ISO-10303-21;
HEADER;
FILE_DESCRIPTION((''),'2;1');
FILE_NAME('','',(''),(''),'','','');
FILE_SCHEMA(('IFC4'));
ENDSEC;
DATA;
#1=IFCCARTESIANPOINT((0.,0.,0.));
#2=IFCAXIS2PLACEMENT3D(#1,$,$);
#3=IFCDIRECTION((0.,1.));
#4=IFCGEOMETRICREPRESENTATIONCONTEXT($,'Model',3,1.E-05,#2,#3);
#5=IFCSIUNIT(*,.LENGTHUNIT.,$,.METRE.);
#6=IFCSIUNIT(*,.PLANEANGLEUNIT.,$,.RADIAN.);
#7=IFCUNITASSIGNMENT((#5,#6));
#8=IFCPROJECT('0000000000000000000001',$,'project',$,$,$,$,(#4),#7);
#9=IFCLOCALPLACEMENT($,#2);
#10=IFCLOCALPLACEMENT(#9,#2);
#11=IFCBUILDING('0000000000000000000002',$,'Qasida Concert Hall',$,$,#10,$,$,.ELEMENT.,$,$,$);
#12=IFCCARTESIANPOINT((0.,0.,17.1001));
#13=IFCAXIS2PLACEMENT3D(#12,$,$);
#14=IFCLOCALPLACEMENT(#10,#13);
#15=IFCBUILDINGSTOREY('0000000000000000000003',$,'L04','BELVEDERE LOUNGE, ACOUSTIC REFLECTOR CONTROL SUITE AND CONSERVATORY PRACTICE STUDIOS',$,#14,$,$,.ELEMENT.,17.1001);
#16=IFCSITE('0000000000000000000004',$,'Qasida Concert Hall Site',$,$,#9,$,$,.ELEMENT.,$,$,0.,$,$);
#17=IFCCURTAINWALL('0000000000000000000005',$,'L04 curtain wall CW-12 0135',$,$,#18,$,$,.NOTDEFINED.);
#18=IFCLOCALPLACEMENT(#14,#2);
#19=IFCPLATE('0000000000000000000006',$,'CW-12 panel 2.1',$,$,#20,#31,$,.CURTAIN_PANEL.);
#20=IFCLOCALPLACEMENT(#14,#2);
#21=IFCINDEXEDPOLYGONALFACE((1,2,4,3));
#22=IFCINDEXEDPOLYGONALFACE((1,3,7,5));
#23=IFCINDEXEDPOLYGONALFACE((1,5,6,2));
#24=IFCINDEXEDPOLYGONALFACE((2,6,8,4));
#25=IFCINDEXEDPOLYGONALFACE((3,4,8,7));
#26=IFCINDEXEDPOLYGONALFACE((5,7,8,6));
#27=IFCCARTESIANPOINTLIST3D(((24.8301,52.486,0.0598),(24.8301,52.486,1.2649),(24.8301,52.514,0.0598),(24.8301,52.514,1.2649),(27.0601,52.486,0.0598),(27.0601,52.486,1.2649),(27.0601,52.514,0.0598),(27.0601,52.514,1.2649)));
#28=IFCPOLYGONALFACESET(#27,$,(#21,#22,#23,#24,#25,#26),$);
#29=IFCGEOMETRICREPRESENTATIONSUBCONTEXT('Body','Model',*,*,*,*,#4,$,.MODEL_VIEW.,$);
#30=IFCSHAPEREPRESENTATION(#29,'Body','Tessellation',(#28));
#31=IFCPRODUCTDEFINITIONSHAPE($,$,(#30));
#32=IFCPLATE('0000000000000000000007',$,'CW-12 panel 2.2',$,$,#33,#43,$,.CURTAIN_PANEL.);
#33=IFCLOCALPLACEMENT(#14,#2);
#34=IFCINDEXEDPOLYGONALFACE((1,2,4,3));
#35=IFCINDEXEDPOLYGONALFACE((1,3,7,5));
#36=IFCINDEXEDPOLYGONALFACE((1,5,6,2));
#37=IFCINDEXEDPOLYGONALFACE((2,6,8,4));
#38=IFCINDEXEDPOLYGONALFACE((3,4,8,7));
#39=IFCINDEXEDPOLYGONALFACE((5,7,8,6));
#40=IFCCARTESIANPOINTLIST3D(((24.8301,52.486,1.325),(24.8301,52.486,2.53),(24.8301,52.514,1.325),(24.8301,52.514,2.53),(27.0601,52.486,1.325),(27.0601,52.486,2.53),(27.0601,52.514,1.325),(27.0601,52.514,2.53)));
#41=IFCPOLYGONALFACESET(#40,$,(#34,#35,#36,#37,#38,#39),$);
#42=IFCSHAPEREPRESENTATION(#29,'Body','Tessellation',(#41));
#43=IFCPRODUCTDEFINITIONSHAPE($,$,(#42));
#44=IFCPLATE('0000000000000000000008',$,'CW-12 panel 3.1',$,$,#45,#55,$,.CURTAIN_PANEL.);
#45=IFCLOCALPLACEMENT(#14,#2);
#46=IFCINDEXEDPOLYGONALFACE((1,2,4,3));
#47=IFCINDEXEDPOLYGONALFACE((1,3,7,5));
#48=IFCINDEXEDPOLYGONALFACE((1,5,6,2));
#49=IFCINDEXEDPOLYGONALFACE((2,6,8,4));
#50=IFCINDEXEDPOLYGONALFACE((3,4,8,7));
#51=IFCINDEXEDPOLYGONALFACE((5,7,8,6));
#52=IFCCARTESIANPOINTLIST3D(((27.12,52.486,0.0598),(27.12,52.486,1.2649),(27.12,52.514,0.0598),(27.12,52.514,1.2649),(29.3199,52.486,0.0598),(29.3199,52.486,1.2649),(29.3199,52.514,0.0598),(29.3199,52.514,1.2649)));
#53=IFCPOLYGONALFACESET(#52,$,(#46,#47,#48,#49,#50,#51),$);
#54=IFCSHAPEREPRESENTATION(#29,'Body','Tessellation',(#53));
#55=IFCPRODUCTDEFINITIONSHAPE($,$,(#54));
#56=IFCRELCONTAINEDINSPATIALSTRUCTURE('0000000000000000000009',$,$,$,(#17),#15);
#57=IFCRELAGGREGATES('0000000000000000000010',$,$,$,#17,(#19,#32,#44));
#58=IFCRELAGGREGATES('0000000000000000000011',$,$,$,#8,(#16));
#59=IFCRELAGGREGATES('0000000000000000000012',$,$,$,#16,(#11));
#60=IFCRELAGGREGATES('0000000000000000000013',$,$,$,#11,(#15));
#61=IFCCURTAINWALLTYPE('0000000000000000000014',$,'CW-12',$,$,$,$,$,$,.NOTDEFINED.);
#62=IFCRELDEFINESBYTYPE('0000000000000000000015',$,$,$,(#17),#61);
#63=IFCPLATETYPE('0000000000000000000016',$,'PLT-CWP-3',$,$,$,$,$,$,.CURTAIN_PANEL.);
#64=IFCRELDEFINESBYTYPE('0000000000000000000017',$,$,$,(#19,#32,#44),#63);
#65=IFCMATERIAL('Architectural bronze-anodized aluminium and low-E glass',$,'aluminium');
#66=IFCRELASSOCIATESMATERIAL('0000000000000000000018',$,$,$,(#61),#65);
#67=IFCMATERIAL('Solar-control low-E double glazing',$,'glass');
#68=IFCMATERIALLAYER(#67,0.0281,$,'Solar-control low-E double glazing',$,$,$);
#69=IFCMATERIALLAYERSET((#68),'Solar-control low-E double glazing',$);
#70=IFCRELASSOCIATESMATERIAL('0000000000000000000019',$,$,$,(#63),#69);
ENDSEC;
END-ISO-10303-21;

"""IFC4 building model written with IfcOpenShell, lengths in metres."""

from ifc_helpers import new_model, si_unit, direction, frame, origin, origin_2d, place, context, subcontext, project, spatial, rectangle, extrude, material, layer, layer_set, type_object, element, aggregate, save


model = new_model("IFC4")

# Units and contexts
model_context = context("Model", 3, precision=1e-05, world=origin(), true_north=direction((0.0, 1.0)))
body_context = subcontext(model_context, "Body", "Model", "MODEL_VIEW")
ifc_project = project(units=[si_unit("LENGTHUNIT", "METRE"), si_unit("PLANEANGLEUNIT", "RADIAN")], contexts=[model_context])

# Site, building, storey
site_placement = place(None, origin())
site = spatial("IfcSite", under=ifc_project, at=site_placement, Name="Qasida Concert Hall Site", CompositionType="ELEMENT", RefElevation=0.0)
building_placement = place(site_placement, origin())
building = spatial("IfcBuilding", under=site, at=building_placement, Name="Qasida Concert Hall", CompositionType="ELEMENT")
storey_placement = place(building_placement, frame((0.0, 0.0, 17.1001)))
storey = spatial("IfcBuildingStorey", under=building, at=storey_placement, Name="L04", Description="BELVEDERE LOUNGE, ACOUSTIC REFLECTOR CONTROL SUITE AND CONSERVATORY PRACTICE STUDIOS", CompositionType="ELEMENT", Elevation=17.1001)

# Shared definitions
ifc_material_1 = material(Name="Architectural bronze-anodized aluminium and low-E glass", Category="aluminium")
curtain_wall_type = type_object("IfcCurtainWallType", Name="CW-12", PredefinedType="NOTDEFINED", material=ifc_material_1)

# Curtain wall
curtain_wall_1_placement = place(storey_placement, origin())
curtain_wall_1 = element("IfcCurtainWall", 1, at=curtain_wall_1_placement, inside=storey, type_object=curtain_wall_type, Name="L04 curtain wall CW-12 0135", PredefinedType="NOTDEFINED")

# Plates
ifc_material_2 = material(Name="Solar-control low-E double glazing", Category="glass")
ifc_layer = layer(ifc_material_2, 0.0281, Name="Solar-control low-E double glazing")
ifc_layer_set = layer_set([ifc_layer], Name="Solar-control low-E double glazing")
plate_type = type_object("IfcPlateType", Name="PLT-CWP-3", PredefinedType="CURTAIN_PANEL", material=ifc_layer_set)
plate_1_placement = place(storey_placement, frame((25.9451, 52.5, 0.0598), z_axis=(0.0, 0.0, 1.0), x_axis=(1.0, 0.0, 0.0)))
plate_1 = element("IfcPlate", 2, at=plate_1_placement, type_object=plate_type, Name="CW-12 panel 2.1", PredefinedType="CURTAIN_PANEL", context=body_context, shape_type="SweptSolid", body=[
    extrude(rectangle(XDim=2.23, YDim=0.0281, at=origin_2d()), origin(), (0.0, 0.0, 1.0), 1.2051),
])
plate_2_placement = place(storey_placement, frame((25.9451, 52.5, 1.325), z_axis=(0.0, 0.0, 1.0), x_axis=(1.0, 0.0, 0.0)))
plate_2 = element("IfcPlate", 3, at=plate_2_placement, type_object=plate_type, Name="CW-12 panel 2.2", PredefinedType="CURTAIN_PANEL", context=body_context, shape_type="SweptSolid", body=[
    extrude(rectangle(XDim=2.23, YDim=0.0281, at=origin_2d()), origin(), (0.0, 0.0, 1.0), 1.2051),
])
plate_3_placement = place(storey_placement, frame((28.22, 52.5, 0.0598), z_axis=(0.0, 0.0, 1.0), x_axis=(1.0, 0.0, 0.0)))
plate_3 = element("IfcPlate", 4, at=plate_3_placement, type_object=plate_type, Name="CW-12 panel 3.1", PredefinedType="CURTAIN_PANEL", context=body_context, shape_type="SweptSolid", body=[
    extrude(rectangle(XDim=2.2, YDim=0.0281, at=origin_2d()), origin(), (0.0, 0.0, 1.0), 1.2051),
])
aggregate(curtain_wall_1, [plate_1, plate_2, plate_3])

save(model, "model.ifc")
